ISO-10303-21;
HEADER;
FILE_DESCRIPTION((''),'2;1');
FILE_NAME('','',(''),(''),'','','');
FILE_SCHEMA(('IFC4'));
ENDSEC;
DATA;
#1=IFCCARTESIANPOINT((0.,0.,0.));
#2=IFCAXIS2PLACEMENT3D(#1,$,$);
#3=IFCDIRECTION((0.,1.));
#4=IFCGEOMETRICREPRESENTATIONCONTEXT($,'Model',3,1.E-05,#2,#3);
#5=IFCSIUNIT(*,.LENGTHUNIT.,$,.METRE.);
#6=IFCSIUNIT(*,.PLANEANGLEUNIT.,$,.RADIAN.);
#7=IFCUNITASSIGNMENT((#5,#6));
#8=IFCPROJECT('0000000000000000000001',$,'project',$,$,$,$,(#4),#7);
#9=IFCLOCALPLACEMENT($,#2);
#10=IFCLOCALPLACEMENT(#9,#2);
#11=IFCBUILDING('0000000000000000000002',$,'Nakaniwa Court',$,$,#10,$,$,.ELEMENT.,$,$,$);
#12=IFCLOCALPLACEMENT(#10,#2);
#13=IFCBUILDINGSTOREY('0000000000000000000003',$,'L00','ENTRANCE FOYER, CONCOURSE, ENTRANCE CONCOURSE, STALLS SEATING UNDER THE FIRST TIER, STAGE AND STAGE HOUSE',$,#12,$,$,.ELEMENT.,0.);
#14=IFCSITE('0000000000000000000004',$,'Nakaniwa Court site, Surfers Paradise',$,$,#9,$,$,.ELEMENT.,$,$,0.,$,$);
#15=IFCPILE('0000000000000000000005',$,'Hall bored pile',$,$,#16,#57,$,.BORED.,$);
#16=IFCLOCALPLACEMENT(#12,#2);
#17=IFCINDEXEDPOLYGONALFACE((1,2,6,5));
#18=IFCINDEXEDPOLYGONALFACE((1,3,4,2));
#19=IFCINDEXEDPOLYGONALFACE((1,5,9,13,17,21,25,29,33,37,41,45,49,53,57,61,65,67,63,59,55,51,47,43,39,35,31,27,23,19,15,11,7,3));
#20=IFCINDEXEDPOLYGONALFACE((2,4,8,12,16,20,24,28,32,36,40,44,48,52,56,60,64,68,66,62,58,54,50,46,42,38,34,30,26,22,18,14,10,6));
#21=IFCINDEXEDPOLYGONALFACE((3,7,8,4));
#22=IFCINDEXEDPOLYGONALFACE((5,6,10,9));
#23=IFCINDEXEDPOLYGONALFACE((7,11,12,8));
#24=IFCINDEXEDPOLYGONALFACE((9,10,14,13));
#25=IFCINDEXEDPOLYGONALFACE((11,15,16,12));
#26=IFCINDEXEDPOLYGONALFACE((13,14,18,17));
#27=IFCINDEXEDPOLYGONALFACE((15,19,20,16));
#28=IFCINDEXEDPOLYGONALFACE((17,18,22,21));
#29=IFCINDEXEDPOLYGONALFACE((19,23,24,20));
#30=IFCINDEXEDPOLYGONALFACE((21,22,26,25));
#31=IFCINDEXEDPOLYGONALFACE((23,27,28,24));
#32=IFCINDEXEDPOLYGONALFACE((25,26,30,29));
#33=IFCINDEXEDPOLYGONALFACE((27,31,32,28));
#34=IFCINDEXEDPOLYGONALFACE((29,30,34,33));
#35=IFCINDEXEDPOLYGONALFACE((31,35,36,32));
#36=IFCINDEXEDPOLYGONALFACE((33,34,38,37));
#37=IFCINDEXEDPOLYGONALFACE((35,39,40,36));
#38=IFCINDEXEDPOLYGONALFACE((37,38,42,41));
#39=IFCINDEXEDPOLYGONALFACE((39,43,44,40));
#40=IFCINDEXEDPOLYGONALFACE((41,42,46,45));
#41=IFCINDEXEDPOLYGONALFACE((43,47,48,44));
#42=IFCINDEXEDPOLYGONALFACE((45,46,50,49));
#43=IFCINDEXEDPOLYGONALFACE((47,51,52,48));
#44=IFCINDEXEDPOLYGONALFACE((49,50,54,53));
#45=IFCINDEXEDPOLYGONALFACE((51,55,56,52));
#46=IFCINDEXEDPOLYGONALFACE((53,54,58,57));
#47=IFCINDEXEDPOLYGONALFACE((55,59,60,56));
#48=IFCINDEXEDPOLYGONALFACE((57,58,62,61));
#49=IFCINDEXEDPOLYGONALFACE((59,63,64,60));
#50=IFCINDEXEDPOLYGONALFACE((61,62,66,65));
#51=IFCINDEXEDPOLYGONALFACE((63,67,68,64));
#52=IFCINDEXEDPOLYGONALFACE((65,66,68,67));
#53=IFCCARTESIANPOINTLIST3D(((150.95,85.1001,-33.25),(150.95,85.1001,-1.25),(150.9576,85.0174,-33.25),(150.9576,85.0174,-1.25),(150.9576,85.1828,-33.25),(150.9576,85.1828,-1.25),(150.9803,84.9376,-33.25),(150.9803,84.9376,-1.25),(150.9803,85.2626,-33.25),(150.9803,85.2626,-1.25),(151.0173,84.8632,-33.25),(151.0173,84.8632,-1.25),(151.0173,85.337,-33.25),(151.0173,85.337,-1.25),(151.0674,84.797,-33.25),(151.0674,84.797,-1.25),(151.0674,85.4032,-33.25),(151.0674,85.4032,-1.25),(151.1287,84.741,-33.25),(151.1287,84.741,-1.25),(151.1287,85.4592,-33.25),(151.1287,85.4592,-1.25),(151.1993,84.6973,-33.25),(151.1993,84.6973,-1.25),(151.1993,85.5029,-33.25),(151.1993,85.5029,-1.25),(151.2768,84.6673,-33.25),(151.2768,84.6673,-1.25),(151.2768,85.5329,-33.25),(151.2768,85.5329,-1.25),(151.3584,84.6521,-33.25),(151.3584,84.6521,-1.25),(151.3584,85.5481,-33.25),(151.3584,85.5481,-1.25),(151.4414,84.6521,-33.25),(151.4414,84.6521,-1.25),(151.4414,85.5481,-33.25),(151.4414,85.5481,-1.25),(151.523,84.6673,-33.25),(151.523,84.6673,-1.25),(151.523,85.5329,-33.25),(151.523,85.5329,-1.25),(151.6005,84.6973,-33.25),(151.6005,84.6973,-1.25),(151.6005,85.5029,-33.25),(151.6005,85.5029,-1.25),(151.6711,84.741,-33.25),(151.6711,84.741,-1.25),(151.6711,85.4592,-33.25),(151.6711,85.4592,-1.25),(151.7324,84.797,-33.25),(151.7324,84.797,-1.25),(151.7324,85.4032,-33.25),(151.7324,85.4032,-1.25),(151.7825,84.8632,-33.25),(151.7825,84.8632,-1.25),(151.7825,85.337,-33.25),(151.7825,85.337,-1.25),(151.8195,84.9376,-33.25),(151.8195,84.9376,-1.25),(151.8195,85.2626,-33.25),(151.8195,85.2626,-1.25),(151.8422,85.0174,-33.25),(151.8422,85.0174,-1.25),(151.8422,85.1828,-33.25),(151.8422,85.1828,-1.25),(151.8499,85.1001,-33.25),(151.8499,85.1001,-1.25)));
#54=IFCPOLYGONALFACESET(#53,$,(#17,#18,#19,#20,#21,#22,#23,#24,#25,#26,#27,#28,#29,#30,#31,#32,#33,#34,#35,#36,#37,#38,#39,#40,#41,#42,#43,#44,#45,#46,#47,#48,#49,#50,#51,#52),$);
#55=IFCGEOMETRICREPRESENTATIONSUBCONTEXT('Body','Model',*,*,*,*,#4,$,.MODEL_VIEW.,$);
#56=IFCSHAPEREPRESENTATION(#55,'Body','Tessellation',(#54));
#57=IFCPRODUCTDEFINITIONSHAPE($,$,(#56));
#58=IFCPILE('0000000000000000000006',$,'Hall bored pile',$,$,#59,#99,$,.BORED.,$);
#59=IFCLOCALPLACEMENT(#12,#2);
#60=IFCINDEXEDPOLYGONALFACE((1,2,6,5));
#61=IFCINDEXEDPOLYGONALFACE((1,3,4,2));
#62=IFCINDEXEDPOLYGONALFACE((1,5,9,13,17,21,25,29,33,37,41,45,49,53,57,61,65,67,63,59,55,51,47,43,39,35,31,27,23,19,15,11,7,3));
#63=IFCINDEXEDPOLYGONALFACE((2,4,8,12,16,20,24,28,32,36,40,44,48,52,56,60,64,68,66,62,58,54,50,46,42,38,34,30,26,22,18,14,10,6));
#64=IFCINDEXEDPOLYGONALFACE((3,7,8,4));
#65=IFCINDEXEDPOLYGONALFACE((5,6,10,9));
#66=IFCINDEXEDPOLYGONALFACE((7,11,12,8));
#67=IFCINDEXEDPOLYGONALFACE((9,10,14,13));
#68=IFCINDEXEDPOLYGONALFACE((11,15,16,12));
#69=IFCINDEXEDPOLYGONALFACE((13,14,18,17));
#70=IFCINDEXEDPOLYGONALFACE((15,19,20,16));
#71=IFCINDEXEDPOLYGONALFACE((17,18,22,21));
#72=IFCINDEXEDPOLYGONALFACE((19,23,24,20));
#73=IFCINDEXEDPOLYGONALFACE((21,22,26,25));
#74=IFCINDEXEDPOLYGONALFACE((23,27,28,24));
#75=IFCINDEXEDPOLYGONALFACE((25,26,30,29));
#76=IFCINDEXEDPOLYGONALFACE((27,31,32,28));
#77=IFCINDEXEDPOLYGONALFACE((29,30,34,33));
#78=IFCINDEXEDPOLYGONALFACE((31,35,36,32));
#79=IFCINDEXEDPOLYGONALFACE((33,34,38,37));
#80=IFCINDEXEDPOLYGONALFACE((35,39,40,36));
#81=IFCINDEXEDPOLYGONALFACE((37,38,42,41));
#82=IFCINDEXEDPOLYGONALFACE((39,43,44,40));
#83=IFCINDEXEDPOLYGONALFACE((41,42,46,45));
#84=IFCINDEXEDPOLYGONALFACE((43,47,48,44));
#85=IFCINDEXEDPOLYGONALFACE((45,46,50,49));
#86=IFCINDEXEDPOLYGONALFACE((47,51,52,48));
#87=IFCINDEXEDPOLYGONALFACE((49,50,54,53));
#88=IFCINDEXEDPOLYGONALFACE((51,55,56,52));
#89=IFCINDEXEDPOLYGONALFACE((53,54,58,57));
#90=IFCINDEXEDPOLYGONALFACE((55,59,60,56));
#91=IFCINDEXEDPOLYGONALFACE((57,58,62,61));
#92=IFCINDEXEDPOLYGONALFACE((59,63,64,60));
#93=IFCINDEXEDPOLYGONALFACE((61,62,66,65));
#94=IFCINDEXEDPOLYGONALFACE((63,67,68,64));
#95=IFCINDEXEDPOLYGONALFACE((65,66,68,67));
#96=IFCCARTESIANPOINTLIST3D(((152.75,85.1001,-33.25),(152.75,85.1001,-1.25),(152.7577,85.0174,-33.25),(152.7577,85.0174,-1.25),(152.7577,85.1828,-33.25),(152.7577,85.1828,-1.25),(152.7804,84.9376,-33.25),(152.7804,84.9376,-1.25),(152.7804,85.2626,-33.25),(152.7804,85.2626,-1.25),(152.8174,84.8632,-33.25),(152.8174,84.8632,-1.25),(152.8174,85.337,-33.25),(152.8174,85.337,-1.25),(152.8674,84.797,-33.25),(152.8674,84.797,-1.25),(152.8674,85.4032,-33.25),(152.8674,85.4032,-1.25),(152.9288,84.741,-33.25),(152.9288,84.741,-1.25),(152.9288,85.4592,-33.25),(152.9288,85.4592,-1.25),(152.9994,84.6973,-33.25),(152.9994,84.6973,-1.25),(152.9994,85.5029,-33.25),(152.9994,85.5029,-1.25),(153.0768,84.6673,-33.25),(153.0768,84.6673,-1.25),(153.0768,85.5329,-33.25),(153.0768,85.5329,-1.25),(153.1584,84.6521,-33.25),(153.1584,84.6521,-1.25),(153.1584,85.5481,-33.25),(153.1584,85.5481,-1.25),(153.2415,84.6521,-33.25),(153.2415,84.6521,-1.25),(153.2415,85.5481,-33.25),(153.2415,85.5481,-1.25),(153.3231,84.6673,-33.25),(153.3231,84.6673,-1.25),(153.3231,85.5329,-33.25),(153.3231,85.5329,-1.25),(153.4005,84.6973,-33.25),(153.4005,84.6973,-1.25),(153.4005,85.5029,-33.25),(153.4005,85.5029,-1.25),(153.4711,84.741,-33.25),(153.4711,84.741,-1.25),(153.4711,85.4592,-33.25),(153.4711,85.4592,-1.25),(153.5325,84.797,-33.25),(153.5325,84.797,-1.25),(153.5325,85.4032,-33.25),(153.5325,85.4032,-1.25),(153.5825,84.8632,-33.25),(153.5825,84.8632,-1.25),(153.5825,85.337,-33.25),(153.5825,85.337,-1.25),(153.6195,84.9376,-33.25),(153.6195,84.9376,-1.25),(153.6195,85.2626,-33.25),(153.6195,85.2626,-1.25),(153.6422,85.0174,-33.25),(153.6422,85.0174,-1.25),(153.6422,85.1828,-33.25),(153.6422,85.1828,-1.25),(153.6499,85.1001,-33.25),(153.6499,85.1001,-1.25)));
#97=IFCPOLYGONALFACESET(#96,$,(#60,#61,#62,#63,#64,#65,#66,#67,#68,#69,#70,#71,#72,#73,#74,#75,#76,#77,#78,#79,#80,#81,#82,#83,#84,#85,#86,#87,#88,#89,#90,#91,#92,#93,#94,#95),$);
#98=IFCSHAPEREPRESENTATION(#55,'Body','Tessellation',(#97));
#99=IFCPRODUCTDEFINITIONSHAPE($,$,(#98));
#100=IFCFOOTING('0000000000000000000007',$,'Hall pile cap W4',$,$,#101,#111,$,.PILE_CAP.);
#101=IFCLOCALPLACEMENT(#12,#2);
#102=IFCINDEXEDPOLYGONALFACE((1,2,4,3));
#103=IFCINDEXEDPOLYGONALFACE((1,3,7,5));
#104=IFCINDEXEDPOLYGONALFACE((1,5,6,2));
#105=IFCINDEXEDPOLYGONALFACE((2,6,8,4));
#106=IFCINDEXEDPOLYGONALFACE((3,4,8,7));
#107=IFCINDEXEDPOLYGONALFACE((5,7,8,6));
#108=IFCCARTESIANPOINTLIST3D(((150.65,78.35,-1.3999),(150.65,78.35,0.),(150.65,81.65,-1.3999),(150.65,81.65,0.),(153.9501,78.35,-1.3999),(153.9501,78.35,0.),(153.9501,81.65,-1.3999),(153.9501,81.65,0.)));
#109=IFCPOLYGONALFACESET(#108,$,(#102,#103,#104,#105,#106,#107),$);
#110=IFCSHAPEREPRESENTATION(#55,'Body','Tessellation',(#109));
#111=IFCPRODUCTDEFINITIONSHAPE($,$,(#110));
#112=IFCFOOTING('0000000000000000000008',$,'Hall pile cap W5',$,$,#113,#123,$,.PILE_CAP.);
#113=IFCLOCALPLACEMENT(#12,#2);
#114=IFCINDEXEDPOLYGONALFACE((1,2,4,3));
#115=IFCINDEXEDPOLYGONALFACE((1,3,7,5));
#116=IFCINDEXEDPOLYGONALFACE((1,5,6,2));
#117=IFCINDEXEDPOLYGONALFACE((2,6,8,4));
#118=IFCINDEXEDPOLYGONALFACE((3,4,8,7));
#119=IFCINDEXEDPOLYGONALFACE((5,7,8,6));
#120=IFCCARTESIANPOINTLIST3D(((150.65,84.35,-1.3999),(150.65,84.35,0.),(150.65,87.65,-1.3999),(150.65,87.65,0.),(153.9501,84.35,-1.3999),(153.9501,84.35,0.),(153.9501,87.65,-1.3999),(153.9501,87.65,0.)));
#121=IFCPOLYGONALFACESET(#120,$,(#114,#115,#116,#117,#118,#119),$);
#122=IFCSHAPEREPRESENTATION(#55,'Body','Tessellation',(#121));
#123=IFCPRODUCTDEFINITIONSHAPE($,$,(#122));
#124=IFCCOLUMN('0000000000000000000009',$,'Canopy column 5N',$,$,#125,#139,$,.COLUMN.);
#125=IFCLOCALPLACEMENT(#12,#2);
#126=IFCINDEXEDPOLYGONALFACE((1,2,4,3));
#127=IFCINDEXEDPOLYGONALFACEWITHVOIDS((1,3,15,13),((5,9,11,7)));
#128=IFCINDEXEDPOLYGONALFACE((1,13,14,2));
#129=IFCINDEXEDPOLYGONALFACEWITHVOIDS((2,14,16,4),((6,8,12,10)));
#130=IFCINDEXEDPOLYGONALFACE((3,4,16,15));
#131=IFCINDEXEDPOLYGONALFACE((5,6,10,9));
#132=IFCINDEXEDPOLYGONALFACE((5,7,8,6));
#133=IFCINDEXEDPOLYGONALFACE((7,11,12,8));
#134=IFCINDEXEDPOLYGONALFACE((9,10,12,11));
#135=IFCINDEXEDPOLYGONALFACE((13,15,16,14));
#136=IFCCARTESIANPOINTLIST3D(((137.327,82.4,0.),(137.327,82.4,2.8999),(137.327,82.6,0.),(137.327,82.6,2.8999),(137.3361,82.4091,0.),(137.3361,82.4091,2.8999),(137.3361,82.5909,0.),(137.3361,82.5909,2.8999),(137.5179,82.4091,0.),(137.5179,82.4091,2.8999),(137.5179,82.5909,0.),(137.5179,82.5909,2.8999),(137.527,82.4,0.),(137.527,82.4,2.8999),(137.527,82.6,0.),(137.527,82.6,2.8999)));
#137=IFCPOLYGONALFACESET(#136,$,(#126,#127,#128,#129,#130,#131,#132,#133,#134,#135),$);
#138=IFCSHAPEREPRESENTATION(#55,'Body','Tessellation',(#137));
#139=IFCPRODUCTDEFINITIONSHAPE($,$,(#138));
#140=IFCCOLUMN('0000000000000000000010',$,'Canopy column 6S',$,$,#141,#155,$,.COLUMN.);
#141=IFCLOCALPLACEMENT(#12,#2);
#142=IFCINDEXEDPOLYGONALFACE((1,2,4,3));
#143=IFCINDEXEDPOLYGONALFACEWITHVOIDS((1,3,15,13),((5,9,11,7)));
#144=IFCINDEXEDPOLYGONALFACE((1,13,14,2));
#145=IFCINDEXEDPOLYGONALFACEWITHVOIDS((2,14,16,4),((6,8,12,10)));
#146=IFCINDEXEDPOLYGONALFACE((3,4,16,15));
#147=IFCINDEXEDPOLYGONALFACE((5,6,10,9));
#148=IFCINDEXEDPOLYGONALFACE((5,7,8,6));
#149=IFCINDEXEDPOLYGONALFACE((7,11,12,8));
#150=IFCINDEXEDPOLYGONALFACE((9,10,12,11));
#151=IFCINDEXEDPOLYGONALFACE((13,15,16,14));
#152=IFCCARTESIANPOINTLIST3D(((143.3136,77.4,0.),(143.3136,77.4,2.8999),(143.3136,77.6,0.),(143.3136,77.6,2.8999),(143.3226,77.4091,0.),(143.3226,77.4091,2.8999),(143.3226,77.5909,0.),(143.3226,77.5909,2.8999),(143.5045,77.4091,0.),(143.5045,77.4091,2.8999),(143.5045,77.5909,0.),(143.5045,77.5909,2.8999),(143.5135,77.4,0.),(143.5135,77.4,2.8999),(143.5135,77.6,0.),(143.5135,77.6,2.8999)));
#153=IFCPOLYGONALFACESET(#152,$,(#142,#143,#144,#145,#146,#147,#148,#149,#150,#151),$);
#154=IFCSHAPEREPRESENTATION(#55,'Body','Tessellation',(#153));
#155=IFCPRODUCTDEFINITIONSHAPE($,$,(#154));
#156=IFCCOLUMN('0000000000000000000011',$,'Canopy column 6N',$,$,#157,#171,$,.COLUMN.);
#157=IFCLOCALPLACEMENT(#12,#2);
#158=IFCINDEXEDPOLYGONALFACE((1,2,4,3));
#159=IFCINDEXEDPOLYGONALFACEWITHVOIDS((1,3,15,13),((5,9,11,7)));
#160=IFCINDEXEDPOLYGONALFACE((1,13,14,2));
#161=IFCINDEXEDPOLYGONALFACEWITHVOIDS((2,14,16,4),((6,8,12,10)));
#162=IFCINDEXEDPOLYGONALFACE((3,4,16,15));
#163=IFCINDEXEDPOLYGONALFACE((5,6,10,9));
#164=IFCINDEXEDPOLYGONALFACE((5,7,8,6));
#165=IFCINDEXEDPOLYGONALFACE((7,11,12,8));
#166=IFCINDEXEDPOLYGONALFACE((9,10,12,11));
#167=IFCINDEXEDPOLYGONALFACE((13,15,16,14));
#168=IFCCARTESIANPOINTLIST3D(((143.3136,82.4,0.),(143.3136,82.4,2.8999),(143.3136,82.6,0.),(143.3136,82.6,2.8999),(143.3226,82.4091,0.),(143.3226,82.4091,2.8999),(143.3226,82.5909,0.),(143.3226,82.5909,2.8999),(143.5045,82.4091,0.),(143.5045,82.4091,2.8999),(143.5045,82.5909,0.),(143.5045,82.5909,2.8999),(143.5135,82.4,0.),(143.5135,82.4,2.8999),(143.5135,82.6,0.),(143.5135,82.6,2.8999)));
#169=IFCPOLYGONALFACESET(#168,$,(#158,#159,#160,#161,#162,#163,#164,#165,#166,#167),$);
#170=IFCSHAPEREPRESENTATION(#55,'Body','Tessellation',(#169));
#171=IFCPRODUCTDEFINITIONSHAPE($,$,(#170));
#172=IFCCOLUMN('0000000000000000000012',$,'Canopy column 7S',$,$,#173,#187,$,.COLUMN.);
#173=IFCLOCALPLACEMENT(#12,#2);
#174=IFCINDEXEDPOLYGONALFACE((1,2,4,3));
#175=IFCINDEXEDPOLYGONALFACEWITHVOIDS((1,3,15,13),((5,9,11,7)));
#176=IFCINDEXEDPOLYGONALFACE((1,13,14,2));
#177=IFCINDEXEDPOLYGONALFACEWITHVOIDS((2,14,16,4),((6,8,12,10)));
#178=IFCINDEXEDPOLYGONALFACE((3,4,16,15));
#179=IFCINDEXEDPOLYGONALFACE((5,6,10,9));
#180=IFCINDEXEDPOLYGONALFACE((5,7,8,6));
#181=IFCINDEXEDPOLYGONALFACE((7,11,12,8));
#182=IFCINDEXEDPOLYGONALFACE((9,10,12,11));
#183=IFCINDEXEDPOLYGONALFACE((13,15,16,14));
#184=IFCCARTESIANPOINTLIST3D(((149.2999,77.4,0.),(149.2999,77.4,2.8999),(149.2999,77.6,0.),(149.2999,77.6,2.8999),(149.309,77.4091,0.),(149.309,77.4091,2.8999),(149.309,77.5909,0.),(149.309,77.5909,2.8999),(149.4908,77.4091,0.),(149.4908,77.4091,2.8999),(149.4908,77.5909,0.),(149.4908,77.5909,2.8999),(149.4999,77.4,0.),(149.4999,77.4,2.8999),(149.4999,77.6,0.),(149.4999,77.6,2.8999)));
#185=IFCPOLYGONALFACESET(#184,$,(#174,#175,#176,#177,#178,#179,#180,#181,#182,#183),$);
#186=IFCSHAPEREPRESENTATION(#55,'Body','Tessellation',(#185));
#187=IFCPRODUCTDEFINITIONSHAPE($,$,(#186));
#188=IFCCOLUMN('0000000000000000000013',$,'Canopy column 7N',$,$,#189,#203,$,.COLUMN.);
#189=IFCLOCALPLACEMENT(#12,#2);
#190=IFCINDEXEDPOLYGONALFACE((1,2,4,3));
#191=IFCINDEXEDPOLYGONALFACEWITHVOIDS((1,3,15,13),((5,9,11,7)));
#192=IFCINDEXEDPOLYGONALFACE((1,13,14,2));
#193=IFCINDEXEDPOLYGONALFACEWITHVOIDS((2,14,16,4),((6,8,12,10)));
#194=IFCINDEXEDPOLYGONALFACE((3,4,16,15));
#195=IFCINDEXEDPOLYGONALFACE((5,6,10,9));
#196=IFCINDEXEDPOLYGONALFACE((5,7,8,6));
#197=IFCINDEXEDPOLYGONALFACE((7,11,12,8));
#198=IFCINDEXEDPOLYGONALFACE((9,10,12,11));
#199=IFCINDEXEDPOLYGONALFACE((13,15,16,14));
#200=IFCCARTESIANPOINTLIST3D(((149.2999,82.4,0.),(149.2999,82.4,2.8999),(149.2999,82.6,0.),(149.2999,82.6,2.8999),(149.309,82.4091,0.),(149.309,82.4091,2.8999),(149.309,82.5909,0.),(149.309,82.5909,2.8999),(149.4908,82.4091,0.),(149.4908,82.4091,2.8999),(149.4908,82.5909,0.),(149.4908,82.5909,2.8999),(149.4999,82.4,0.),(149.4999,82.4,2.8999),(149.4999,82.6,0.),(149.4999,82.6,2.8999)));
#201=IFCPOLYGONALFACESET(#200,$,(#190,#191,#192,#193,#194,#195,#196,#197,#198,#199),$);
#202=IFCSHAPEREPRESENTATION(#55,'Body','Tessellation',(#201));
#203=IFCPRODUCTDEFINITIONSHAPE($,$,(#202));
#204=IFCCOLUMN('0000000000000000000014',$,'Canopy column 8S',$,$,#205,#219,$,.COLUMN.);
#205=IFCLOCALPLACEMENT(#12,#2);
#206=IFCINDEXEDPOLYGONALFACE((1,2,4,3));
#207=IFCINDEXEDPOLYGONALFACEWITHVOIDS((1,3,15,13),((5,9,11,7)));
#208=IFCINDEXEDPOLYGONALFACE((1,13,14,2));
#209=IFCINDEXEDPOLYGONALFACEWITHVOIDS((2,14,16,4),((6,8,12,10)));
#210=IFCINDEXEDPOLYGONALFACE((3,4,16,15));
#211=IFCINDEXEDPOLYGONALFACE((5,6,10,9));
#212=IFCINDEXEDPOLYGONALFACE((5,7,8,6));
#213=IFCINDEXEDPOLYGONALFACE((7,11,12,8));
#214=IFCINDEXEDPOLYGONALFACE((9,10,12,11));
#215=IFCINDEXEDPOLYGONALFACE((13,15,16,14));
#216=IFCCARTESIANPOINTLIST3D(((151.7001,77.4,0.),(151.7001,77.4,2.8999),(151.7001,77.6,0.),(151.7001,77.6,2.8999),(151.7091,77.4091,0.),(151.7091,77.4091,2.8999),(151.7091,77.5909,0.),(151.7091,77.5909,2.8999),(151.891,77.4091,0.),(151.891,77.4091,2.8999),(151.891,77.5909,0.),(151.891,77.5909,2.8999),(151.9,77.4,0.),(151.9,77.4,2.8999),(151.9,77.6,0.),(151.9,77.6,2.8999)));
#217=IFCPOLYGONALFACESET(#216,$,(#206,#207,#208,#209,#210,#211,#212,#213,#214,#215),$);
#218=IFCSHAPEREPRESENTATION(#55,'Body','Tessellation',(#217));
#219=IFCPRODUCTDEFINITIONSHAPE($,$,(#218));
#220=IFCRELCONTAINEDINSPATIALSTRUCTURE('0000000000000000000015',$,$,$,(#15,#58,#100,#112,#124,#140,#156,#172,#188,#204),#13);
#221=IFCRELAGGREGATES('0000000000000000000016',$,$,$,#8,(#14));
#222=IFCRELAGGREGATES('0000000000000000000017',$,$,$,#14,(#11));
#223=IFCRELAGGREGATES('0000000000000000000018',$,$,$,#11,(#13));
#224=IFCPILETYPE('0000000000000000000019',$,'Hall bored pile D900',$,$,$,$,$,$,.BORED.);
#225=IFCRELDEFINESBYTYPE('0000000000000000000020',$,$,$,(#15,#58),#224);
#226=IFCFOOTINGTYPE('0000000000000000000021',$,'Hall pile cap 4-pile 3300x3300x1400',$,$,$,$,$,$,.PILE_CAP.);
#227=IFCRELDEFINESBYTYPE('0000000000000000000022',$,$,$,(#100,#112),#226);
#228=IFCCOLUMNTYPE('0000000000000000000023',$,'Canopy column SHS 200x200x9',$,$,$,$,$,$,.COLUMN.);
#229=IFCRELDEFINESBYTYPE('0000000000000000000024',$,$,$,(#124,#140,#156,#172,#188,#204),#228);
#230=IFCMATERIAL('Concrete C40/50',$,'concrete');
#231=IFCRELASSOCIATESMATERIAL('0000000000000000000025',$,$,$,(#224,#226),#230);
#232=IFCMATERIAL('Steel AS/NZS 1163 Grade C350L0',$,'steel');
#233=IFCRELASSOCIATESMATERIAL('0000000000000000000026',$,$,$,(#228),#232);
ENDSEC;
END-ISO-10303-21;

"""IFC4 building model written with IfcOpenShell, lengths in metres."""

from ifc_helpers import new_model, si_unit, direction, frame, origin, origin_2d, place, context, subcontext, project, spatial, rectangle, hollow_rectangle, circle, extrude, material, material_profile, profile_set, type_object, element, save


model = new_model("IFC4")

# Units and contexts
model_context = context("Model", 3, precision=1e-05, world=origin(), true_north=direction((0.0, 1.0)))
body_context = subcontext(model_context, "Body", "Model", "MODEL_VIEW")
ifc_project = project(units=[si_unit("LENGTHUNIT", "METRE"), si_unit("PLANEANGLEUNIT", "RADIAN")], contexts=[model_context])

# Site, building, storey
site_placement = place(None, origin())
site = spatial("IfcSite", under=ifc_project, at=site_placement, Name="Nakaniwa Court site, Surfers Paradise", CompositionType="ELEMENT", RefElevation=0.0)
building_placement = place(site_placement, origin())
building = spatial("IfcBuilding", under=site, at=building_placement, Name="Nakaniwa Court", CompositionType="ELEMENT")
storey_placement = place(building_placement, origin())
storey = spatial("IfcBuildingStorey", under=building, at=storey_placement, Name="L00", Description="ENTRANCE FOYER, CONCOURSE, ENTRANCE CONCOURSE, STALLS SEATING UNDER THE FIRST TIER, STAGE AND STAGE HOUSE", CompositionType="ELEMENT", Elevation=0.0)

# Piles
ifc_material_1 = material(Name="Concrete C40/50", Category="concrete")
ifc_material_profile_1 = material_profile(ifc_material_1, circle(Radius=0.45, at=origin_2d()), Name="Bored pile D900")
ifc_profile_set_1 = profile_set([ifc_material_profile_1], Name="Concrete C40/50")
pile_type = type_object("IfcPileType", Name="Hall bored pile D900", PredefinedType="BORED", material=ifc_profile_set_1)
for number, where, z_axis, x_axis, name in (
    (1, (151.3999, 85.1001, -1.25), (0.0, 0.0, -1.0), (1.0, 0.0, 0.0), "Hall bored pile"),
    (2, (153.2, 85.1001, -1.25), (0.0, 0.0, -1.0), (1.0, 0.0, 0.0), "Hall bored pile"),
):
    element("IfcPile", number, at=place(storey_placement, frame(where, z_axis=z_axis, x_axis=x_axis)), inside=storey, type_object=pile_type, Name=name, PredefinedType="BORED", context=body_context, shape_type="SweptSolid", body=[
        extrude(circle(Radius=0.45, at=origin_2d()), origin(), (0.0, 0.0, 1.0), 32.0),
    ])

# Footings
footing_type = type_object("IfcFootingType", Name="Hall pile cap 4-pile 3300x3300x1400", PredefinedType="PILE_CAP", material=ifc_material_1)
for number, where, z_axis, x_axis, name in (
    (3, (152.3, 80.0, -1.3999), (0.0, 0.0, 1.0), (1.0, 0.0, 0.0), "Hall pile cap W4"),
    (4, (152.3, 86.0, -1.3999), (0.0, 0.0, 1.0), (1.0, 0.0, 0.0), "Hall pile cap W5"),
):
    element("IfcFooting", number, at=place(storey_placement, frame(where, z_axis=z_axis, x_axis=x_axis)), inside=storey, type_object=footing_type, Name=name, PredefinedType="PILE_CAP", context=body_context, shape_type="SweptSolid", body=[
        extrude(rectangle(XDim=3.3, YDim=3.3, at=origin_2d()), origin(), (0.0, 0.0, 1.0), 1.3999),
    ])

# Columns
ifc_material_2 = material(Name="Steel AS/NZS 1163 Grade C350L0", Category="steel")
ifc_material_profile_2 = material_profile(ifc_material_2, hollow_rectangle(XDim=0.2, YDim=0.2, WallThickness=0.009, at=origin_2d()), Name="SHS 200x200x9")
ifc_profile_set_2 = profile_set([ifc_material_profile_2], Name="Steel AS/NZS 1163 Grade C350L0")
column_type_1 = type_object("IfcColumnType", Name="Canopy column SHS 200x200x9", PredefinedType="COLUMN", material=ifc_profile_set_2)
for number, where, z_axis, x_axis, name in (
    (5, (137.427, 82.5, 0.0), (0.0, 0.0, 1.0), (1.0, 0.0, 0.0), "Canopy column 5N"),
    (6, (143.4136, 77.5, 0.0), (0.0, 0.0, 1.0), (1.0, 0.0, 0.0), "Canopy column 6S"),
    (7, (143.4136, 82.5, 0.0), (0.0, 0.0, 1.0), (1.0, 0.0, 0.0), "Canopy column 6N"),
    (8, (149.3999, 77.5, 0.0), (0.0, 0.0, 1.0), (1.0, 0.0, 0.0), "Canopy column 7S"),
    (9, (149.3999, 82.5, 0.0), (0.0, 0.0, 1.0), (1.0, 0.0, 0.0), "Canopy column 7N"),
    (10, (151.8, 77.5, 0.0), (0.0, 0.0, 1.0), (1.0, 0.0, 0.0), "Canopy column 8S"),
):
    element("IfcColumn", number, at=place(storey_placement, frame(where, z_axis=z_axis, x_axis=x_axis)), inside=storey, type_object=column_type_1, Name=name, PredefinedType="COLUMN", context=body_context, shape_type="SweptSolid", body=[
        extrude(hollow_rectangle(XDim=0.2, YDim=0.2, WallThickness=0.009, at=origin_2d()), origin(), (0.0, 0.0, 1.0), 2.8999),
    ])

save(model, "model.ifc")
